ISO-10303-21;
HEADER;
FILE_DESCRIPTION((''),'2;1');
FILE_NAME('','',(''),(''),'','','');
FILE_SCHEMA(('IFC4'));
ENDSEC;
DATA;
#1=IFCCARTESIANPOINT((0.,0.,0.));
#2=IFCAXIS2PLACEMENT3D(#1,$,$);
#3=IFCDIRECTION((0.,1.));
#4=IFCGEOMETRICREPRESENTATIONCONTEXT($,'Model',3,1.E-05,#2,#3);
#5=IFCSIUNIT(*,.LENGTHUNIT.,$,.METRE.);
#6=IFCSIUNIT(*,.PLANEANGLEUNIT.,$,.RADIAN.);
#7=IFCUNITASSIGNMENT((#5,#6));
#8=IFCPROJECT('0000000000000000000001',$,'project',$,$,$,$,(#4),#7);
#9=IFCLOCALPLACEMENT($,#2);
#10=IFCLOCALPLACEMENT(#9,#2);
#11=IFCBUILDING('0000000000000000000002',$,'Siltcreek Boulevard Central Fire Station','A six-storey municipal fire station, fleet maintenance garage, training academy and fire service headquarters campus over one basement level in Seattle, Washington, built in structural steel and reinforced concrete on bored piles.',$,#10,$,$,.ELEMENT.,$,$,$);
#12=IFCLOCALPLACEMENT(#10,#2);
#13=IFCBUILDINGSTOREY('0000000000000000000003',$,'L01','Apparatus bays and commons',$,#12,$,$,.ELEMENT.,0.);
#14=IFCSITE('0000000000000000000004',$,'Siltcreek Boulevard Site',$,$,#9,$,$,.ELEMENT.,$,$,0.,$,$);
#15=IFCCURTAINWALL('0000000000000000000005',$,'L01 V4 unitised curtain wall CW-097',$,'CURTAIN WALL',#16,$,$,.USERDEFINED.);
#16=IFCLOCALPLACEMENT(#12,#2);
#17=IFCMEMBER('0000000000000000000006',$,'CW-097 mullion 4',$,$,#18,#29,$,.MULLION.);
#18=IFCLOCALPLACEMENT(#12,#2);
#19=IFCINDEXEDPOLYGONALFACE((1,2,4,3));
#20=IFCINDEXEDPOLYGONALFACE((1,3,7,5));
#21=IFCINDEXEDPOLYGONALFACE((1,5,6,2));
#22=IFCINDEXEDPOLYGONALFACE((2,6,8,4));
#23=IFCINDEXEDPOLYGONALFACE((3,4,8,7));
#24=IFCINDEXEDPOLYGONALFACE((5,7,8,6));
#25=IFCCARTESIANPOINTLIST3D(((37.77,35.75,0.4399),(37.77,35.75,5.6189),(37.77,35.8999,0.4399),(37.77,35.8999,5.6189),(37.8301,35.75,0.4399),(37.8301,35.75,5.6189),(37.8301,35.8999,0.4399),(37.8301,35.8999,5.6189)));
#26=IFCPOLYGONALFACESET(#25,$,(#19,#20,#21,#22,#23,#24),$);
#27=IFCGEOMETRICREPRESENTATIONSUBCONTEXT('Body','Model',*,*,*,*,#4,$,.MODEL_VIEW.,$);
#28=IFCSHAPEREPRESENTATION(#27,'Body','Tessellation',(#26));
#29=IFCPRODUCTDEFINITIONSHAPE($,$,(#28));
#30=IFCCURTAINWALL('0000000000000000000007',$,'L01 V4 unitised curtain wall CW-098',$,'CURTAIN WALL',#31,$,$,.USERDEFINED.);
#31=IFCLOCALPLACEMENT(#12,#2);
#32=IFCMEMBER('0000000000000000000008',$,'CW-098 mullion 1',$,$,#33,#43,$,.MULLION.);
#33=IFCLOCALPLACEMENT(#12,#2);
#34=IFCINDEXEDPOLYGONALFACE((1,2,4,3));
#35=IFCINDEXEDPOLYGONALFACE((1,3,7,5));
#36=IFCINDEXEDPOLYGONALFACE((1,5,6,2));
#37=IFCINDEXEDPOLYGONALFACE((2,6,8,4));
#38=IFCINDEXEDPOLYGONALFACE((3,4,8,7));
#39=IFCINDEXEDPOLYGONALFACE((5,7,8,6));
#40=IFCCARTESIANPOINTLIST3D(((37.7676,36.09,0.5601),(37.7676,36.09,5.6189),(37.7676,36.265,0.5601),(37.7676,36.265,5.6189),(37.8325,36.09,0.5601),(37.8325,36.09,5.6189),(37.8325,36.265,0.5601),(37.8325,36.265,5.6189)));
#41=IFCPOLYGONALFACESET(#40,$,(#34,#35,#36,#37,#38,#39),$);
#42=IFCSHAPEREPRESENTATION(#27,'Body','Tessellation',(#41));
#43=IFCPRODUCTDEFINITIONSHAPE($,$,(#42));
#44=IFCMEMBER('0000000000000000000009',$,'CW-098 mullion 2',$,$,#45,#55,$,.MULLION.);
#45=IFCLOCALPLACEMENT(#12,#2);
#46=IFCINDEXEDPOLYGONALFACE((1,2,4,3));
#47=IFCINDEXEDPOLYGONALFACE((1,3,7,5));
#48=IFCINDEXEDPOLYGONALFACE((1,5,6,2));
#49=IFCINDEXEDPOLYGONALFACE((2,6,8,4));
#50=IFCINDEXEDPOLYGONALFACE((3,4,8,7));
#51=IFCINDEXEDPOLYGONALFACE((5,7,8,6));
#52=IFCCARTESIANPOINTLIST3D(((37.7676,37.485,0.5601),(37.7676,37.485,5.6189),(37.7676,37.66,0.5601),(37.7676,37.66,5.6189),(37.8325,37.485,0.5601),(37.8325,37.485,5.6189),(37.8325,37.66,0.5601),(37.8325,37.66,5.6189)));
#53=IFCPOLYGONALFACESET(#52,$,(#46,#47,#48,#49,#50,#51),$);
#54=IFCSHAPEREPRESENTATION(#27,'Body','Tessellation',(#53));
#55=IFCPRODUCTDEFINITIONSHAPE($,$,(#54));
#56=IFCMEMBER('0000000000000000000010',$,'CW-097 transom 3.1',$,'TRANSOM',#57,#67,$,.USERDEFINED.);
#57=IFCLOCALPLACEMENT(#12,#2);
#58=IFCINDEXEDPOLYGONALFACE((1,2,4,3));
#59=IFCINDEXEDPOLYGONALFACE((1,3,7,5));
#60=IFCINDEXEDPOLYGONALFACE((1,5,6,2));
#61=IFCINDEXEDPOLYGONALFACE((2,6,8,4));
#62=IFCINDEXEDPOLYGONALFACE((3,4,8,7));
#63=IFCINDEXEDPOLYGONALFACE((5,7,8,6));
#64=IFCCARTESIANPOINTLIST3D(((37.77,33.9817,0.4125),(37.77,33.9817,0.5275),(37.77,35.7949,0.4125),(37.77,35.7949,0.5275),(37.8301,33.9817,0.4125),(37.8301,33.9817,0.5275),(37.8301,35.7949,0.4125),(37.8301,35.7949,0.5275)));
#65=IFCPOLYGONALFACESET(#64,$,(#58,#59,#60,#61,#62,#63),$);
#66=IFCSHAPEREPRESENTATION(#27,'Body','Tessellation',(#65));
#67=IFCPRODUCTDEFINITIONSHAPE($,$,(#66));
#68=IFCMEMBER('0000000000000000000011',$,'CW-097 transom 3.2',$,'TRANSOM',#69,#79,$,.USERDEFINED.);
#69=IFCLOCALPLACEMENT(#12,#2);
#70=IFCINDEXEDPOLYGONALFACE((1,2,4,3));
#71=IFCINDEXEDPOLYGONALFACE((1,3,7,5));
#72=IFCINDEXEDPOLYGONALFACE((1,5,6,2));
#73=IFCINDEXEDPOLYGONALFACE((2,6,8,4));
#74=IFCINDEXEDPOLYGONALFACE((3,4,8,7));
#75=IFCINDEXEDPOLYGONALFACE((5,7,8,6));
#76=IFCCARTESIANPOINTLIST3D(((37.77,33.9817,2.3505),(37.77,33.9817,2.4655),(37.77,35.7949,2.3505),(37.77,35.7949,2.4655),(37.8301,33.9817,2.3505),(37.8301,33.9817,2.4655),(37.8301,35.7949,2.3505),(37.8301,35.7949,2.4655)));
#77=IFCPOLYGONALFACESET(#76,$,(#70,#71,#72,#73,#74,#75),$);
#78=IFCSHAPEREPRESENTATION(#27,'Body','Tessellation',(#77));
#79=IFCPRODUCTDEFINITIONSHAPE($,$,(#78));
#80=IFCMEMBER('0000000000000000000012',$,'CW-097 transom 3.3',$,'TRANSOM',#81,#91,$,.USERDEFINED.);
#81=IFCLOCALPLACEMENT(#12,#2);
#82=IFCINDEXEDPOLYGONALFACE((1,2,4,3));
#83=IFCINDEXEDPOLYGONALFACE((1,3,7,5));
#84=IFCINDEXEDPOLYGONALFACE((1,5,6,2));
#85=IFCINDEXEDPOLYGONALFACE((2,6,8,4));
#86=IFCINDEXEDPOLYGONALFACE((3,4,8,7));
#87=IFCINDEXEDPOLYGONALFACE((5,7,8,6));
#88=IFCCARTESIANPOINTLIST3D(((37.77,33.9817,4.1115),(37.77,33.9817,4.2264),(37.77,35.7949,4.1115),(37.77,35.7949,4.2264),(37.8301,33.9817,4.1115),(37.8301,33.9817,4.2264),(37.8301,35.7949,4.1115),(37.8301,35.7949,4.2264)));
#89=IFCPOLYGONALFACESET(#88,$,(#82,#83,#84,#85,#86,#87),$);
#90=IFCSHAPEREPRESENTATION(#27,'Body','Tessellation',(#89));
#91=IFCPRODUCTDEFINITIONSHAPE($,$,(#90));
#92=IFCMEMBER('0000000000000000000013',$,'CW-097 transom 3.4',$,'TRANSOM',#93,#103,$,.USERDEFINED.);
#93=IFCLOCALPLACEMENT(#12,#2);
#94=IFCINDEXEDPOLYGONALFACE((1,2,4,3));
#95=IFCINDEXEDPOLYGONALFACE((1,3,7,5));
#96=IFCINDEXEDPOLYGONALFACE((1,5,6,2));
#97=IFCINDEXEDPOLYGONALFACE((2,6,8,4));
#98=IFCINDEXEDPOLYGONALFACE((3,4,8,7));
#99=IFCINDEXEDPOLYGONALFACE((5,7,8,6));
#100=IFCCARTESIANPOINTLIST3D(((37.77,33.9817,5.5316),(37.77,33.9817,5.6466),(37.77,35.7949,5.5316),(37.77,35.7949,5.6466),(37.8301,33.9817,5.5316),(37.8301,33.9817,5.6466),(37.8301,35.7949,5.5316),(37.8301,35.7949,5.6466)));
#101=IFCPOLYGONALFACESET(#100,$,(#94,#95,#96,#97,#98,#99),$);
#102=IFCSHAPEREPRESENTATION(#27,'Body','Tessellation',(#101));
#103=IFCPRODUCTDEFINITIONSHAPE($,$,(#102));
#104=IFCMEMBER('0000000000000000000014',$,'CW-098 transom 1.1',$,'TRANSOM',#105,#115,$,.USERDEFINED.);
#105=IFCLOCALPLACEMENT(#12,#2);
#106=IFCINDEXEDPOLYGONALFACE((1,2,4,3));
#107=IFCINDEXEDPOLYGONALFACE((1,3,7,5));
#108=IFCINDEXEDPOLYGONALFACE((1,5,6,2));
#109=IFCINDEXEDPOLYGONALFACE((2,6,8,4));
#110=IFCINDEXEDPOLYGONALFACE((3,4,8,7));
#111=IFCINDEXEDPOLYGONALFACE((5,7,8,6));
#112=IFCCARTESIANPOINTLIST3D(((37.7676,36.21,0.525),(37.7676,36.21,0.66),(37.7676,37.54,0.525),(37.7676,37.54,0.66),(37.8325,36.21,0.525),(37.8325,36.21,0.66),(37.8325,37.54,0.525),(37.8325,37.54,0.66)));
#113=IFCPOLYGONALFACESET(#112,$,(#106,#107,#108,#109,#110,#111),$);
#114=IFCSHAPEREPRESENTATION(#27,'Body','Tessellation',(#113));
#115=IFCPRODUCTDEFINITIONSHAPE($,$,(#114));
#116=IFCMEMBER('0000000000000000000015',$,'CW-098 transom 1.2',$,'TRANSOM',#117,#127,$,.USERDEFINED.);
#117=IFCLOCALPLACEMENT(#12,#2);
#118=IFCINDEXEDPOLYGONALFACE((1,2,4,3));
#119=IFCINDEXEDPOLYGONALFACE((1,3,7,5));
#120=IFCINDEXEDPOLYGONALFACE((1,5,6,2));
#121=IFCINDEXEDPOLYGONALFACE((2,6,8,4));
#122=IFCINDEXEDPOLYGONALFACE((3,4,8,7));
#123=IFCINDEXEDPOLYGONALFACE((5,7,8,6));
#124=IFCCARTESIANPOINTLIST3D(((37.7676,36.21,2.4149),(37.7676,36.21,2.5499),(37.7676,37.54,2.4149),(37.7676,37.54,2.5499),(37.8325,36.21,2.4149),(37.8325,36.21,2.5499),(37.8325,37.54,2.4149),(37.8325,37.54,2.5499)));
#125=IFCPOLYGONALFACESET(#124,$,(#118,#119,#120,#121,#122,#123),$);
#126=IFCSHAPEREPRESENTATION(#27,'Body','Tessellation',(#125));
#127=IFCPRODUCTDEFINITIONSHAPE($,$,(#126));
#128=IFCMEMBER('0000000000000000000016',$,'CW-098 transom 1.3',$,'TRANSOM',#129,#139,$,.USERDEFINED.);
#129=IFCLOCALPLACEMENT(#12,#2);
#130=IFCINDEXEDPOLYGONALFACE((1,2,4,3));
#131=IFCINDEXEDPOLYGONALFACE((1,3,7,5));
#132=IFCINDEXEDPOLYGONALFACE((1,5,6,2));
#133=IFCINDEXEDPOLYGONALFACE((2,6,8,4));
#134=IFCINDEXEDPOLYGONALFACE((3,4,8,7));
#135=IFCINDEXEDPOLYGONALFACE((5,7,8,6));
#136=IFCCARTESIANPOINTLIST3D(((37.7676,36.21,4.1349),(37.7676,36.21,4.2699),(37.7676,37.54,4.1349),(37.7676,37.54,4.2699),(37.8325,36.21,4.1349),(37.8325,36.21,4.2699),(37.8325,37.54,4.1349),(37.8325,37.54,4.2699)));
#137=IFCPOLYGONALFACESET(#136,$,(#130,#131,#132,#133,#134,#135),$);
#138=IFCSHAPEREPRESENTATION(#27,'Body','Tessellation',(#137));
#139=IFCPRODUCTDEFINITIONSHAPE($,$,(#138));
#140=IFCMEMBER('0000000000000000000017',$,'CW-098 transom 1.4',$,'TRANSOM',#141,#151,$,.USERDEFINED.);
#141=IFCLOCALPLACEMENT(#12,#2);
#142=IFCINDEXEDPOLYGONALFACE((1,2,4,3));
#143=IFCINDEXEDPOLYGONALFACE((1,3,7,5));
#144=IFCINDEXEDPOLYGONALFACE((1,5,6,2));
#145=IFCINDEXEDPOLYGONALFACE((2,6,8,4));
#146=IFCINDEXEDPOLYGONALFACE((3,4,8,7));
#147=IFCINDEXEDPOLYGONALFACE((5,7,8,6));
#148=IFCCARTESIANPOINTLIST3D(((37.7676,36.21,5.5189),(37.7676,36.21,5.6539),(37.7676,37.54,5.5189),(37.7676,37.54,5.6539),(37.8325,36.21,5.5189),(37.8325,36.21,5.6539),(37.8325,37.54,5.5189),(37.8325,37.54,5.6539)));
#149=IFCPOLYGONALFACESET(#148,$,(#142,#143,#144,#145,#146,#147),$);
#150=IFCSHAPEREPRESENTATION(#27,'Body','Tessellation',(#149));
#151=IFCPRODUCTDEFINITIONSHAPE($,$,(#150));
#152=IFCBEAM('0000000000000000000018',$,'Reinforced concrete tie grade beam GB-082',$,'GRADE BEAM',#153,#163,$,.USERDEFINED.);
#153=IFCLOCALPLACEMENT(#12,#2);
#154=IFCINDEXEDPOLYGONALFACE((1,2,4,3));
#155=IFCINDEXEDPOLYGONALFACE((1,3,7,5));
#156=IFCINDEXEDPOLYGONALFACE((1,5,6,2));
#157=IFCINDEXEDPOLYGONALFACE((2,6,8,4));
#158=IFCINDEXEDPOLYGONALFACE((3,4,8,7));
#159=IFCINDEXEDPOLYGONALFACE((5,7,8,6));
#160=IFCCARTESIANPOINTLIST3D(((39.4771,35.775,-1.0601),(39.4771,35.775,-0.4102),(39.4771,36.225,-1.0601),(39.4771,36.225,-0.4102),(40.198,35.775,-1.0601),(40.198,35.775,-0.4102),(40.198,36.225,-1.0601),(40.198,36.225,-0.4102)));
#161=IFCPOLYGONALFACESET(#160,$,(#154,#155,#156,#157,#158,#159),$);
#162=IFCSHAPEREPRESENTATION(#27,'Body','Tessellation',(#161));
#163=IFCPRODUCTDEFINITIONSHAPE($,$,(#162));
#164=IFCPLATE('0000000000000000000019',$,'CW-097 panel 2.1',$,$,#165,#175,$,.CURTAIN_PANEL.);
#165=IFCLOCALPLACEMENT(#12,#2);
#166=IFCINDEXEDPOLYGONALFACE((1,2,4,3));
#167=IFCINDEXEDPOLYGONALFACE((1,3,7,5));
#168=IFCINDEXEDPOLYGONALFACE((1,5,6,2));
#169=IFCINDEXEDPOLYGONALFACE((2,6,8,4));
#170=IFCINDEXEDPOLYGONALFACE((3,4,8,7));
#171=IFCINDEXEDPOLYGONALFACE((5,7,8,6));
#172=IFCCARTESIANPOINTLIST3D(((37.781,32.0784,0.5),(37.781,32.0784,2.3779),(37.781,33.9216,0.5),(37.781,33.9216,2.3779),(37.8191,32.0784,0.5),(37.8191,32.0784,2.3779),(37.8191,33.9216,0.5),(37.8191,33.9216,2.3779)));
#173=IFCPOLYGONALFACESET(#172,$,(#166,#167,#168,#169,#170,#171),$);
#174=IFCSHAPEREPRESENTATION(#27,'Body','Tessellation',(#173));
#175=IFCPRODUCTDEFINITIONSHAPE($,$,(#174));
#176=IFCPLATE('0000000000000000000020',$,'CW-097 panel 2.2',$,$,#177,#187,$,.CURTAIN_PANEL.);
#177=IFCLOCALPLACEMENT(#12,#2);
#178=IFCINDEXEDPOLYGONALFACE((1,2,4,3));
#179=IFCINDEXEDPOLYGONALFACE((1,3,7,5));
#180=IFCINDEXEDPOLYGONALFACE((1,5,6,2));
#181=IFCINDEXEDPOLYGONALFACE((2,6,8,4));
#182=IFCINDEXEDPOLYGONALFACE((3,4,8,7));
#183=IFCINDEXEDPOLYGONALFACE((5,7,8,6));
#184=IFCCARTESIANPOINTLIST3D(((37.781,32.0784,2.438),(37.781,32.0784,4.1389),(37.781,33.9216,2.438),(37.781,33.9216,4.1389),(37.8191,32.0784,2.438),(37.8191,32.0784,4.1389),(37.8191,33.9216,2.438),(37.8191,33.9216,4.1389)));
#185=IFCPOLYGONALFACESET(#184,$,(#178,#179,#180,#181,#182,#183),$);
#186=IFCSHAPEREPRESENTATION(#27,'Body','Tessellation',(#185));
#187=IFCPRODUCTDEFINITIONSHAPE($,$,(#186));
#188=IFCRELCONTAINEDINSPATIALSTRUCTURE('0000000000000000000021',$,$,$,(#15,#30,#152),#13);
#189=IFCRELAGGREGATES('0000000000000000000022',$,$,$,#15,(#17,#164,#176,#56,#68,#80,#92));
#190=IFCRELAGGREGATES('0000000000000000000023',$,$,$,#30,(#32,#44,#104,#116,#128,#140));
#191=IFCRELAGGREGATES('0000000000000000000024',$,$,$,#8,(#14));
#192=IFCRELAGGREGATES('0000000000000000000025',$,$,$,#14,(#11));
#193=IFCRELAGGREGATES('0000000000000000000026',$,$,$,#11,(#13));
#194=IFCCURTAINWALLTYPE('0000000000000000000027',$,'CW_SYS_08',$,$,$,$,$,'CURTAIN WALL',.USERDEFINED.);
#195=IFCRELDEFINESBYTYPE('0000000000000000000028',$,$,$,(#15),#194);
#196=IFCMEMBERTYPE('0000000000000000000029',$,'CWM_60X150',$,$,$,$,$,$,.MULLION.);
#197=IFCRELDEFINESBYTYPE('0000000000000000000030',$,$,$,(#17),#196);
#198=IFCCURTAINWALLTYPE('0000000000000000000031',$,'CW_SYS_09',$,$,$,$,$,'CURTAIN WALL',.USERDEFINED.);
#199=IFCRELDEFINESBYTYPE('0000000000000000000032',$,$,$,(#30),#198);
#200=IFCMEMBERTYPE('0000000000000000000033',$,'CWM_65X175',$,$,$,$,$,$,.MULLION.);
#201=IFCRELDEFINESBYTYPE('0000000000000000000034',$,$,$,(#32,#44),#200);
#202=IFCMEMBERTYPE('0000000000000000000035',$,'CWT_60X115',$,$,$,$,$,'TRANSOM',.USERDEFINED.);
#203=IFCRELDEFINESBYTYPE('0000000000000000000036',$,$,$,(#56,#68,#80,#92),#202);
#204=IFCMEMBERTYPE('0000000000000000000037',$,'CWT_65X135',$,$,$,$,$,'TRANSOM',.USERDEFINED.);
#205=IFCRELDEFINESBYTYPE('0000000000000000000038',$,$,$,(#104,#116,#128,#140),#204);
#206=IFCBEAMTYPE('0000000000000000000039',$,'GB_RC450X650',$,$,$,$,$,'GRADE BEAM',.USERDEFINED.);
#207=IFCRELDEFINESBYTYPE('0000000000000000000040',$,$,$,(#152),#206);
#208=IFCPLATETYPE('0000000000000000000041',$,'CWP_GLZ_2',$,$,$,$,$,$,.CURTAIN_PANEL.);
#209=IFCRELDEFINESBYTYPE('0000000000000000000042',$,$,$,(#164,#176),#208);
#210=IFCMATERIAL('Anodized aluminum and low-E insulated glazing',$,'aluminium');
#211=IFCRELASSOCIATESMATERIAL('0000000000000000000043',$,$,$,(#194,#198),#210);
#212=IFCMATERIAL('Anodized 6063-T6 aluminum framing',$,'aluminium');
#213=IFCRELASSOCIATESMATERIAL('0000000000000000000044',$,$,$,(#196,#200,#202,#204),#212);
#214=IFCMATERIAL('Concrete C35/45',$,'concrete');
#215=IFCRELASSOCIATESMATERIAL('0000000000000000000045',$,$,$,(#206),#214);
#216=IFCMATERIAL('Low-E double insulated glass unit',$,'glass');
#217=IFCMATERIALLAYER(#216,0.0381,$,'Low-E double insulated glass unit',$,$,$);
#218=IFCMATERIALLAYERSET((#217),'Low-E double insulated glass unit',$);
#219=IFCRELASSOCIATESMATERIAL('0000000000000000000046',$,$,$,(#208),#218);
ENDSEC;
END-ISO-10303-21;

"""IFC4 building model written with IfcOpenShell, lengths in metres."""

from ifc_helpers import new_model, si_unit, direction, frame, origin, origin_2d, place, context, subcontext, project, spatial, rectangle, extrude, material, layer, layer_set, material_profile, profile_set, type_object, element, aggregate, save


model = new_model("IFC4")

# Units and contexts
model_context = context("Model", 3, precision=1e-05, world=origin(), true_north=direction((0.0, 1.0)))
body_context = subcontext(model_context, "Body", "Model", "MODEL_VIEW")
ifc_project = project(units=[si_unit("LENGTHUNIT", "METRE"), si_unit("PLANEANGLEUNIT", "RADIAN")], contexts=[model_context])

# Site, building, storey
site_placement = place(None, origin())
site = spatial("IfcSite", under=ifc_project, at=site_placement, Name="Siltcreek Boulevard Site", CompositionType="ELEMENT", RefElevation=0.0)
building_placement = place(site_placement, origin())
building = spatial("IfcBuilding", under=site, at=building_placement, Name="Siltcreek Boulevard Central Fire Station", Description="A six-storey municipal fire station, fleet maintenance garage, training academy and fire service headquarters campus over one basement level in Seattle, Washington, built in structural steel and reinforced concrete on bored piles.", CompositionType="ELEMENT")
storey_placement = place(building_placement, origin())
storey = spatial("IfcBuildingStorey", under=building, at=storey_placement, Name="L01", Description="Apparatus bays and commons", CompositionType="ELEMENT", Elevation=0.0)

# Shared definitions
ifc_material_1 = material(Name="Concrete C35/45", Category="concrete")

# Curtain walls, members
ifc_material_2 = material(Name="Anodized aluminum and low-E insulated glazing", Category="aluminium")
curtain_wall_type_1 = type_object("IfcCurtainWallType", Name="CW_SYS_08", ElementType="CURTAIN WALL", PredefinedType="USERDEFINED", material=ifc_material_2)
curtain_wall_1_placement = place(storey_placement, origin())
curtain_wall_1 = element("IfcCurtainWall", 1, at=curtain_wall_1_placement, inside=storey, type_object=curtain_wall_type_1, Name="L01 V4 unitised curtain wall CW-097", ObjectType="CURTAIN WALL", PredefinedType="USERDEFINED")
ifc_material_3 = material(Name="Anodized 6063-T6 aluminum framing", Category="aluminium")
ifc_material_profile_1 = material_profile(ifc_material_3, rectangle(XDim=0.0601, YDim=0.1499, at=origin_2d()), Name="MULL60X150")
ifc_profile_set_1 = profile_set([ifc_material_profile_1], Name="Anodized 6063-T6 aluminum framing")
member_type_1 = type_object("IfcMemberType", Name="CWM_60X150", PredefinedType="MULLION", material=ifc_profile_set_1)
member_1_placement = place(storey_placement, frame((37.8, 35.825, 0.4399), z_axis=(0.0, 0.0, 1.0), x_axis=(-1.0, 0.0, 0.0)))
member_1 = element("IfcMember", 2, at=member_1_placement, type_object=member_type_1, Name="CW-097 mullion 4", PredefinedType="MULLION", context=body_context, shape_type="SweptSolid", body=[
    extrude(rectangle(XDim=0.0601, YDim=0.1499, at=origin_2d()), origin(), (0.0, 0.0, 1.0), 5.179),
])
curtain_wall_type_2 = type_object("IfcCurtainWallType", Name="CW_SYS_09", ElementType="CURTAIN WALL", PredefinedType="USERDEFINED", material=ifc_material_2)
curtain_wall_2_placement = place(storey_placement, origin())
curtain_wall_2 = element("IfcCurtainWall", 3, at=curtain_wall_2_placement, inside=storey, type_object=curtain_wall_type_2, Name="L01 V4 unitised curtain wall CW-098", ObjectType="CURTAIN WALL", PredefinedType="USERDEFINED")
ifc_material_profile_2 = material_profile(ifc_material_3, rectangle(XDim=0.0649, YDim=0.175, at=origin_2d()), Name="MULL65X175")
ifc_profile_set_2 = profile_set([ifc_material_profile_2], Name="Anodized 6063-T6 aluminum framing")
member_type_2 = type_object("IfcMemberType", Name="CWM_65X175", PredefinedType="MULLION", material=ifc_profile_set_2)
member_2_placement = place(storey_placement, frame((37.8, 36.1775, 0.5601), z_axis=(0.0, 0.0, 1.0), x_axis=(-1.0, 0.0, 0.0)))
member_2 = element("IfcMember", 4, at=member_2_placement, type_object=member_type_2, Name="CW-098 mullion 1", PredefinedType="MULLION", context=body_context, shape_type="SweptSolid", body=[
    extrude(rectangle(XDim=0.0649, YDim=0.175, at=origin_2d()), origin(), (0.0, 0.0, 1.0), 5.0588),
])
member_3_placement = place(storey_placement, frame((37.8, 37.5725, 0.5601), z_axis=(0.0, 0.0, 1.0), x_axis=(-1.0, 0.0, 0.0)))
member_3 = element("IfcMember", 5, at=member_3_placement, type_object=member_type_2, Name="CW-098 mullion 2", PredefinedType="MULLION", context=body_context, shape_type="SweptSolid", body=[
    extrude(rectangle(XDim=0.0649, YDim=0.175, at=origin_2d()), origin(), (0.0, 0.0, 1.0), 5.0588),
])

# Members
ifc_material_profile_3 = material_profile(ifc_material_3, rectangle(XDim=0.0601, YDim=0.115, at=origin_2d()), Name="TRAN60X115")
ifc_profile_set_3 = profile_set([ifc_material_profile_3], Name="Anodized 6063-T6 aluminum framing")
member_type_3 = type_object("IfcMemberType", Name="CWT_60X115", ElementType="TRANSOM", PredefinedType="USERDEFINED", material=ifc_profile_set_3)
member_4_placement = place(storey_placement, frame((37.8, 33.9817, 0.47), z_axis=(0.0, 1.0, 0.0), x_axis=(-1.0, 0.0, 0.0)))
member_4 = element("IfcMember", 6, at=member_4_placement, type_object=member_type_3, Name="CW-097 transom 3.1", ObjectType="TRANSOM", PredefinedType="USERDEFINED", context=body_context, shape_type="SweptSolid", body=[
    extrude(rectangle(XDim=0.0601, YDim=0.115, at=origin_2d()), origin(), (0.0, 0.0, 1.0), 1.8132),
])
member_5_placement = place(storey_placement, frame((37.8, 33.9817, 2.408), z_axis=(0.0, 1.0, 0.0), x_axis=(-1.0, 0.0, 0.0)))
member_5 = element("IfcMember", 7, at=member_5_placement, type_object=member_type_3, Name="CW-097 transom 3.2", ObjectType="TRANSOM", PredefinedType="USERDEFINED", context=body_context, shape_type="SweptSolid", body=[
    extrude(rectangle(XDim=0.0601, YDim=0.115, at=origin_2d()), origin(), (0.0, 0.0, 1.0), 1.8132),
])
member_6_placement = place(storey_placement, frame((37.8, 33.9817, 4.1689), z_axis=(0.0, 1.0, 0.0), x_axis=(-1.0, 0.0, 0.0)))
member_6 = element("IfcMember", 8, at=member_6_placement, type_object=member_type_3, Name="CW-097 transom 3.3", ObjectType="TRANSOM", PredefinedType="USERDEFINED", context=body_context, shape_type="SweptSolid", body=[
    extrude(rectangle(XDim=0.0601, YDim=0.115, at=origin_2d()), origin(), (0.0, 0.0, 1.0), 1.8132),
])
member_7_placement = place(storey_placement, frame((37.8, 33.9817, 5.5891), z_axis=(0.0, 1.0, 0.0), x_axis=(-1.0, 0.0, 0.0)))
member_7 = element("IfcMember", 9, at=member_7_placement, type_object=member_type_3, Name="CW-097 transom 3.4", ObjectType="TRANSOM", PredefinedType="USERDEFINED", context=body_context, shape_type="SweptSolid", body=[
    extrude(rectangle(XDim=0.0601, YDim=0.115, at=origin_2d()), origin(), (0.0, 0.0, 1.0), 1.8132),
])
ifc_material_profile_4 = material_profile(ifc_material_3, rectangle(XDim=0.0649, YDim=0.135, at=origin_2d()), Name="TRAN65X135")
ifc_profile_set_4 = profile_set([ifc_material_profile_4], Name="Anodized 6063-T6 aluminum framing")
member_type_4 = type_object("IfcMemberType", Name="CWT_65X135", ElementType="TRANSOM", PredefinedType="USERDEFINED", material=ifc_profile_set_4)
member_8_placement = place(storey_placement, frame((37.8, 36.21, 0.5925), z_axis=(0.0, 1.0, 0.0), x_axis=(-1.0, 0.0, 0.0)))
member_8 = element("IfcMember", 10, at=member_8_placement, type_object=member_type_4, Name="CW-098 transom 1.1", ObjectType="TRANSOM", PredefinedType="USERDEFINED", context=body_context, shape_type="SweptSolid", body=[
    extrude(rectangle(XDim=0.0649, YDim=0.135, at=origin_2d()), origin(), (0.0, 0.0, 1.0), 1.3301),
])
member_9_placement = place(storey_placement, frame((37.8, 36.21, 2.4824), z_axis=(0.0, 1.0, 0.0), x_axis=(-1.0, 0.0, 0.0)))
member_9 = element("IfcMember", 11, at=member_9_placement, type_object=member_type_4, Name="CW-098 transom 1.2", ObjectType="TRANSOM", PredefinedType="USERDEFINED", context=body_context, shape_type="SweptSolid", body=[
    extrude(rectangle(XDim=0.0649, YDim=0.135, at=origin_2d()), origin(), (0.0, 0.0, 1.0), 1.3301),
])
member_10_placement = place(storey_placement, frame((37.8, 36.21, 4.2024), z_axis=(0.0, 1.0, 0.0), x_axis=(-1.0, 0.0, 0.0)))
member_10 = element("IfcMember", 12, at=member_10_placement, type_object=member_type_4, Name="CW-098 transom 1.3", ObjectType="TRANSOM", PredefinedType="USERDEFINED", context=body_context, shape_type="SweptSolid", body=[
    extrude(rectangle(XDim=0.0649, YDim=0.135, at=origin_2d()), origin(), (0.0, 0.0, 1.0), 1.3301),
])
member_11_placement = place(storey_placement, frame((37.8, 36.21, 5.5864), z_axis=(0.0, 1.0, 0.0), x_axis=(-1.0, 0.0, 0.0)))
member_11 = element("IfcMember", 13, at=member_11_placement, type_object=member_type_4, Name="CW-098 transom 1.4", ObjectType="TRANSOM", PredefinedType="USERDEFINED", context=body_context, shape_type="SweptSolid", body=[
    extrude(rectangle(XDim=0.0649, YDim=0.135, at=origin_2d()), origin(), (0.0, 0.0, 1.0), 1.3301),
])

# Beam
ifc_material_profile_5 = material_profile(ifc_material_1, rectangle(XDim=0.45, YDim=0.6499, at=origin_2d()), Name="RC450X650")
ifc_profile_set_5 = profile_set([ifc_material_profile_5], Name="Concrete C35/45")
beam_type = type_object("IfcBeamType", Name="GB_RC450X650", ElementType="GRADE BEAM", PredefinedType="USERDEFINED", material=ifc_profile_set_5)
beam_placement = place(storey_placement, frame((39.4771, 36.0, -0.7351), z_axis=(1.0, 0.0, 0.0), x_axis=(0.0, 1.0, 0.0)))
element("IfcBeam", 14, at=beam_placement, inside=storey, type_object=beam_type, Name="Reinforced concrete tie grade beam GB-082", ObjectType="GRADE BEAM", PredefinedType="USERDEFINED", context=body_context, shape_type="SweptSolid", body=[
    extrude(rectangle(XDim=0.45, YDim=0.6499, at=origin_2d()), origin(), (0.0, 0.0, 1.0), 0.7209),
])

# Plates
ifc_material_4 = material(Name="Low-E double insulated glass unit", Category="glass")
ifc_layer_1 = layer(ifc_material_4, 0.0381, Name="Low-E double insulated glass unit")
ifc_layer_set_1 = layer_set([ifc_layer_1], Name="Low-E double insulated glass unit")
plate_type_1 = type_object("IfcPlateType", Name="CWP_GLZ_2", PredefinedType="CURTAIN_PANEL", material=ifc_layer_set_1)
plate_1_placement = place(storey_placement, frame((37.8, 33.0, 0.5), z_axis=(0.0, 0.0, 1.0), x_axis=(0.0, 1.0, 0.0)))
plate_1 = element("IfcPlate", 15, at=plate_1_placement, type_object=plate_type_1, Name="CW-097 panel 2.1", PredefinedType="CURTAIN_PANEL", context=body_context, shape_type="SweptSolid", body=[
    extrude(rectangle(XDim=1.8433, YDim=0.0381, at=origin_2d()), origin(), (0.0, 0.0, 1.0), 1.8779),
])
plate_2_placement = place(storey_placement, frame((37.8, 33.0, 2.438), z_axis=(0.0, 0.0, 1.0), x_axis=(0.0, 1.0, 0.0)))
plate_2 = element("IfcPlate", 16, at=plate_2_placement, type_object=plate_type_1, Name="CW-097 panel 2.2", PredefinedType="CURTAIN_PANEL", context=body_context, shape_type="SweptSolid", body=[
    extrude(rectangle(XDim=1.8433, YDim=0.0381, at=origin_2d()), origin(), (0.0, 0.0, 1.0), 1.7009),
])
aggregate(curtain_wall_1, [member_1, plate_1, plate_2, member_4, member_5, member_6, member_7])
aggregate(curtain_wall_2, [member_2, member_3, member_8, member_9, member_10, member_11])

save(model, "model.ifc")
